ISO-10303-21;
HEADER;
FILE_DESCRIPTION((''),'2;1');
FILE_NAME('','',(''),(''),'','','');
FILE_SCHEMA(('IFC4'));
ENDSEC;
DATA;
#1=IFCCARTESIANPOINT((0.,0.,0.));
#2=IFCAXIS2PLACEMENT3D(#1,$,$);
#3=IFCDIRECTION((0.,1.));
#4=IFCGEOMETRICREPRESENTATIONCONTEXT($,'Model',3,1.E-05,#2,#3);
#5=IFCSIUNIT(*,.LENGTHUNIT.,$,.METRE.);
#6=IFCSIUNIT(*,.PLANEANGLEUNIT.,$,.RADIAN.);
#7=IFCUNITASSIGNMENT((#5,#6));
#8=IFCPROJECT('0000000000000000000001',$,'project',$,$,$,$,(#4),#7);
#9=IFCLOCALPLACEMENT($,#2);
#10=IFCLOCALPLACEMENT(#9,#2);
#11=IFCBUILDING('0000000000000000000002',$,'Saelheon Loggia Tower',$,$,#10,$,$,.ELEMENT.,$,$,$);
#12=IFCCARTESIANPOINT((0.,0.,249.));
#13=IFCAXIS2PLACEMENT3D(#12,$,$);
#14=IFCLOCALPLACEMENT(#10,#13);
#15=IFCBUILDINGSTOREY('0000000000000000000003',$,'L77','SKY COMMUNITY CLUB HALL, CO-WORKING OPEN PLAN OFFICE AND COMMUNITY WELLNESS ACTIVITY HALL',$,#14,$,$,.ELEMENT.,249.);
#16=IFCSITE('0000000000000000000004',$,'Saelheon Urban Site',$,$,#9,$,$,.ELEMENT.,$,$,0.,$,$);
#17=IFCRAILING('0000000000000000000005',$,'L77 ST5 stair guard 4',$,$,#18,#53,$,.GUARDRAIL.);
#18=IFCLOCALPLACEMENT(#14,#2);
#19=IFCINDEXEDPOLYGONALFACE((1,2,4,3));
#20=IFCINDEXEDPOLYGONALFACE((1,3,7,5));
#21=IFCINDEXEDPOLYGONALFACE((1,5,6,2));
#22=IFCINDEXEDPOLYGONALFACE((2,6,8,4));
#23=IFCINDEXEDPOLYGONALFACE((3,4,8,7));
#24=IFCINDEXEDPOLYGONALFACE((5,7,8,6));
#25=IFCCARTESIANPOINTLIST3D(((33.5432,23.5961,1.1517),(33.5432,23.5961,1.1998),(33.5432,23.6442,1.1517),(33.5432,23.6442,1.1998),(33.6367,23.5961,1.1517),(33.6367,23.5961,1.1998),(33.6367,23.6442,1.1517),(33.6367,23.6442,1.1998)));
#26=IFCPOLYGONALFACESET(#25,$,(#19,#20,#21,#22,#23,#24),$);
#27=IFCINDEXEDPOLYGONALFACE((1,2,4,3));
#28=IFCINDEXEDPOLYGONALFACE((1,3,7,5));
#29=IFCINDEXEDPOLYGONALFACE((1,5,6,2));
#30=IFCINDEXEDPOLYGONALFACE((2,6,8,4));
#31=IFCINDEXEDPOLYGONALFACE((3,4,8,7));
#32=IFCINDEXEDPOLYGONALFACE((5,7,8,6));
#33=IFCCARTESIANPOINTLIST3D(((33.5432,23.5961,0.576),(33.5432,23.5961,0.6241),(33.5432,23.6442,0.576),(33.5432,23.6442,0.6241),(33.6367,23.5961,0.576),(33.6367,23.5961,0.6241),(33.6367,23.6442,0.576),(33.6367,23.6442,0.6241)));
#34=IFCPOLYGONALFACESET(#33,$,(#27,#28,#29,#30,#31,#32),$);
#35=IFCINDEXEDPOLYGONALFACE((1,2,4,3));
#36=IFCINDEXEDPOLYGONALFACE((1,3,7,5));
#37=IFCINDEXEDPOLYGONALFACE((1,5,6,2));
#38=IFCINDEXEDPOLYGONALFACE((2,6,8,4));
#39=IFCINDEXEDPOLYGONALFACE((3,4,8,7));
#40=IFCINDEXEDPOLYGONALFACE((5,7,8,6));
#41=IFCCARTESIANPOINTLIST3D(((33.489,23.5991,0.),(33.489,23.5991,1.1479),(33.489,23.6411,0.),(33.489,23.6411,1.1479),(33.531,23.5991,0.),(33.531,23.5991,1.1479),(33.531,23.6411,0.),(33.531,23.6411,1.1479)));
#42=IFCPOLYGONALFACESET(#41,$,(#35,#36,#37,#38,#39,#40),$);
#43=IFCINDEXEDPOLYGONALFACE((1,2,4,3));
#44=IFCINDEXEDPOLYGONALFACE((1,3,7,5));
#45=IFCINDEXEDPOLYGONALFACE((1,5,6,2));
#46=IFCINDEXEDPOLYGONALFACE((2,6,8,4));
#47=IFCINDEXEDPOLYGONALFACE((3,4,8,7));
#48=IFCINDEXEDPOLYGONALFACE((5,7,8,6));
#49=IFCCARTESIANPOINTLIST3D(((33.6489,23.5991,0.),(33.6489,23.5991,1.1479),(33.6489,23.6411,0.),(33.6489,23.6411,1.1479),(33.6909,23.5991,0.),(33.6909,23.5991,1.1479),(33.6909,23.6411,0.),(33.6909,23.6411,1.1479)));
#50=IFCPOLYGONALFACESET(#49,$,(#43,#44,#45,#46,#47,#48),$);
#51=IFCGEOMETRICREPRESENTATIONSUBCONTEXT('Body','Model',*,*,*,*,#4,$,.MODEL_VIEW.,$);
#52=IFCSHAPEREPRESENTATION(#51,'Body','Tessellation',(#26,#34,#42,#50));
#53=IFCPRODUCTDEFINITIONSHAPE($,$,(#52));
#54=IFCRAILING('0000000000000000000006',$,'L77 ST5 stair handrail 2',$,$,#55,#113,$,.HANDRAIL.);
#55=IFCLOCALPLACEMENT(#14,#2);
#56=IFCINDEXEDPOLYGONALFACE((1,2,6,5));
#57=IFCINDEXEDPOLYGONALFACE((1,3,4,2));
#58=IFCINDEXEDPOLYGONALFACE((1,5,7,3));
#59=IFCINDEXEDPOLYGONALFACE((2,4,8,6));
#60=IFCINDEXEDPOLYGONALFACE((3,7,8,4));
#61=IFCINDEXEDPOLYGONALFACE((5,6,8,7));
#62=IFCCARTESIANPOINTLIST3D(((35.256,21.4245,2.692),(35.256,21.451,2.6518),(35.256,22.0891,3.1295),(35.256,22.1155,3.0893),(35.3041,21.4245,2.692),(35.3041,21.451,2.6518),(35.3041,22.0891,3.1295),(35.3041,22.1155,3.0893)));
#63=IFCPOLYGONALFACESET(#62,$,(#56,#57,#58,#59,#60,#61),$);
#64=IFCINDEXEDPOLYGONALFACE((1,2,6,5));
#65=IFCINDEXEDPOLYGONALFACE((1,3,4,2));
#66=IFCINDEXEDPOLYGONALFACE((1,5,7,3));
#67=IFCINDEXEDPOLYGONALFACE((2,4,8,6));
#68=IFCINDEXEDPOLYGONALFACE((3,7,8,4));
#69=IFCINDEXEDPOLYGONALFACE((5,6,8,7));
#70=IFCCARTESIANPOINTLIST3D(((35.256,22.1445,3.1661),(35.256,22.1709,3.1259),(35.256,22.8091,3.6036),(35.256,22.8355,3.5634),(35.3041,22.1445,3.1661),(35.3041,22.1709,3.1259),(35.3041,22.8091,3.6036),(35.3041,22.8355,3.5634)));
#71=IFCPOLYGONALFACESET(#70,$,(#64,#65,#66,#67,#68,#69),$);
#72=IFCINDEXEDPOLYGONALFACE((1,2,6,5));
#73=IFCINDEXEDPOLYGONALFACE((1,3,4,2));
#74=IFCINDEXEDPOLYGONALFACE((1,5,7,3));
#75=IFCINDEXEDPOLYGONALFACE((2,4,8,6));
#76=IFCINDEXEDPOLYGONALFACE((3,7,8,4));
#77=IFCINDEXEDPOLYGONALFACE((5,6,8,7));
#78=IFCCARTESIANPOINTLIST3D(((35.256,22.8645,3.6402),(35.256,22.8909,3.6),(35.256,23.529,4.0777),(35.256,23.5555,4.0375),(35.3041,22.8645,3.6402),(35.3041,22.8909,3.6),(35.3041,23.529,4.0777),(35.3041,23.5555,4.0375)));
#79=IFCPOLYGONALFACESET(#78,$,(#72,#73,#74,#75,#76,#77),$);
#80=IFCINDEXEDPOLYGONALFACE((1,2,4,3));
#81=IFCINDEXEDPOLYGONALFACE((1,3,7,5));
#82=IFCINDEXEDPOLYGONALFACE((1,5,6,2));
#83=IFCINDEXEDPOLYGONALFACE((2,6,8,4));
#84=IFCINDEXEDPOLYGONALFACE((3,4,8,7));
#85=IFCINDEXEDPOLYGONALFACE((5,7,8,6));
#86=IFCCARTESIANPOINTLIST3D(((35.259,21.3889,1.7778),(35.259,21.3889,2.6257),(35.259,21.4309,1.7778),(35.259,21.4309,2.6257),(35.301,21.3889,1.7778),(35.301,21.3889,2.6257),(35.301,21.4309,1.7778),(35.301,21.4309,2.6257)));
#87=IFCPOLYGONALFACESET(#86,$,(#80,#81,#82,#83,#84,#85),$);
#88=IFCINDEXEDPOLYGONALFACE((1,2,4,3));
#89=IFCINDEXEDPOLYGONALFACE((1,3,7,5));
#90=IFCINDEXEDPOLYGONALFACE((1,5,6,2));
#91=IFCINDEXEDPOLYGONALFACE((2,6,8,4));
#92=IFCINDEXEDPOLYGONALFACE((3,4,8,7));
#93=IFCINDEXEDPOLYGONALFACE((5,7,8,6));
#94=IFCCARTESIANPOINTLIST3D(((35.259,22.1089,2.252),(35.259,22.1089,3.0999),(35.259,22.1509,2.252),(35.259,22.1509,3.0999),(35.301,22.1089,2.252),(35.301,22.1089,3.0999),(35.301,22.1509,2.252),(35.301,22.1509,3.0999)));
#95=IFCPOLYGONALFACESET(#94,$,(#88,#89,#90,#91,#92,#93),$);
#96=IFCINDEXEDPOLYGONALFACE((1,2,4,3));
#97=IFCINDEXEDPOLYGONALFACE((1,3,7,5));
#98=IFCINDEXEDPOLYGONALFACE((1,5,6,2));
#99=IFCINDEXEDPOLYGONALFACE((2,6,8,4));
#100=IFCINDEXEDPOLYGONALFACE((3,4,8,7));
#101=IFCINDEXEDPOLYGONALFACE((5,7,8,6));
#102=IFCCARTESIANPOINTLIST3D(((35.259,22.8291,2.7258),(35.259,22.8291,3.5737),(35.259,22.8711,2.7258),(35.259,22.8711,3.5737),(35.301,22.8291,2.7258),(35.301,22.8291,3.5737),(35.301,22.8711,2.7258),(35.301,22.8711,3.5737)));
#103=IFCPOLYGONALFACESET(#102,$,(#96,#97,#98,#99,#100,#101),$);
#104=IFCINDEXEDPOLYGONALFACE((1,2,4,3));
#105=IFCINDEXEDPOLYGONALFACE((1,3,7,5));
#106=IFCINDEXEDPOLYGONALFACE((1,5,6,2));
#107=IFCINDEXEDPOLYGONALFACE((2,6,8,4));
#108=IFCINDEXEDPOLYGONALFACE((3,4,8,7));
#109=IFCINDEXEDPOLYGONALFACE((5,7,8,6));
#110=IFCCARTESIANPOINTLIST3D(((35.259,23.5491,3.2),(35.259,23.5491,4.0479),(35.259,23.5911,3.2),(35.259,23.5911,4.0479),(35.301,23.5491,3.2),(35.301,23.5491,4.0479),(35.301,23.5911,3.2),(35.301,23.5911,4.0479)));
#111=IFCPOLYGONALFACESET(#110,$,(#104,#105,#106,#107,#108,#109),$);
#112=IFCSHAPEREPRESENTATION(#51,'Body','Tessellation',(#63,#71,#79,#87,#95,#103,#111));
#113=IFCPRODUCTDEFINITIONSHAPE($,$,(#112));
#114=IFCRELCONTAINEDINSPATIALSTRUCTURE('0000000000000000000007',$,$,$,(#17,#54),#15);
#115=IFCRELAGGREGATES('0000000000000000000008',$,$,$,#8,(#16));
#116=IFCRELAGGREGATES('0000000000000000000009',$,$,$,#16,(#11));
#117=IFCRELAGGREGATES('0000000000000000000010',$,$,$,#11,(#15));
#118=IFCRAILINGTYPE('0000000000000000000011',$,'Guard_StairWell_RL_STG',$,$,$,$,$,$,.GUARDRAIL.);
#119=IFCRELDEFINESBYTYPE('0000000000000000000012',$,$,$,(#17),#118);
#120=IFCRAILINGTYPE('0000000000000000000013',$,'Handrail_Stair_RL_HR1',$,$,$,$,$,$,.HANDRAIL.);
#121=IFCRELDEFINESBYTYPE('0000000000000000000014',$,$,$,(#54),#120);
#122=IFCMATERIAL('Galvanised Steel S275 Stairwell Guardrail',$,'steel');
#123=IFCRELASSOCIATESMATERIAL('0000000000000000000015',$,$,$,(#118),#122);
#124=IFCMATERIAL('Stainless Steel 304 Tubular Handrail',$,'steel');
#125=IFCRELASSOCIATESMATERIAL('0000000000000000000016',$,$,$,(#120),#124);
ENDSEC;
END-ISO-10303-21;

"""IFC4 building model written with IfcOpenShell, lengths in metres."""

from ifc_helpers import new_model, si_unit, direction, frame, origin, origin_2d, place, context, subcontext, project, spatial, rectangle, extrude, material, type_object, element, save


model = new_model("IFC4")

# Units and contexts
model_context = context("Model", 3, precision=1e-05, world=origin(), true_north=direction((0.0, 1.0)))
body_context = subcontext(model_context, "Body", "Model", "MODEL_VIEW")
ifc_project = project(units=[si_unit("LENGTHUNIT", "METRE"), si_unit("PLANEANGLEUNIT", "RADIAN")], contexts=[model_context])

# Site, building, storey
site_placement = place(None, origin())
site = spatial("IfcSite", under=ifc_project, at=site_placement, Name="Saelheon Urban Site", CompositionType="ELEMENT", RefElevation=0.0)
building_placement = place(site_placement, origin())
building = spatial("IfcBuilding", under=site, at=building_placement, Name="Saelheon Loggia Tower", CompositionType="ELEMENT")
storey_placement = place(building_placement, frame((0.0, 0.0, 249.0)))
storey = spatial("IfcBuildingStorey", under=building, at=storey_placement, Name="L77", Description="SKY COMMUNITY CLUB HALL, CO-WORKING OPEN PLAN OFFICE AND COMMUNITY WELLNESS ACTIVITY HALL", CompositionType="ELEMENT", Elevation=249.0)

# Railings
ifc_material_1 = material(Name="Galvanised Steel S275 Stairwell Guardrail", Category="steel")
railing_type_1 = type_object("IfcRailingType", Name="Guard_StairWell_RL_STG", PredefinedType="GUARDRAIL", material=ifc_material_1)
railing_1_placement = place(storey_placement, frame((33.51, 23.6201, 0.0)))
element("IfcRailing", 1, at=railing_1_placement, inside=storey, type_object=railing_type_1, Name="L77 ST5 stair guard 4", PredefinedType="GUARDRAIL", context=body_context, shape_type="SweptSolid", body=[
    extrude(rectangle(XDim=0.0481, YDim=0.0481, at=origin_2d()), frame((0.0332, 0.0, 1.1758), z_axis=(1.0, 0.0, 0.0), x_axis=(0.0, 1.0, 0.0)), (0.0, 0.0, 1.0), 0.0935),
    extrude(rectangle(XDim=0.0481, YDim=0.0481, at=origin_2d()), frame((0.0332, 0.0, 0.6001), z_axis=(1.0, 0.0, 0.0), x_axis=(0.0, 1.0, 0.0)), (0.0, 0.0, 1.0), 0.0935),
    extrude(rectangle(XDim=0.042, YDim=0.042, at=origin_2d()), origin(), (0.0, 0.0, 1.0), 1.1479),
    extrude(rectangle(XDim=0.042, YDim=0.042, at=origin_2d()), frame((0.1599, 0.0, 0.0)), (0.0, 0.0, 1.0), 1.1479),
])
ifc_material_2 = material(Name="Stainless Steel 304 Tubular Handrail", Category="steel")
railing_type_2 = type_object("IfcRailingType", Name="Handrail_Stair_RL_HR1", PredefinedType="HANDRAIL", material=ifc_material_2)
railing_2_placement = place(storey_placement, frame((35.28, 21.4099, 1.7778)))
element("IfcRailing", 2, at=railing_2_placement, inside=storey, type_object=railing_type_2, Name="L77 ST5 stair handrail 2", PredefinedType="HANDRAIL", context=body_context, shape_type="SweptSolid", body=[
    extrude(rectangle(XDim=0.0481, YDim=0.0481, at=origin_2d()), frame((0.0, 0.0278, 0.894), z_axis=(0.0, 0.835246, 0.549877), x_axis=(-1.0, 0.0, 0.0)), (0.0, 0.0, 1.0), 0.7957),
    extrude(rectangle(XDim=0.0481, YDim=0.0481, at=origin_2d()), frame((0.0, 0.7478, 1.3682), z_axis=(0.0, 0.835246, 0.549877), x_axis=(-1.0, 0.0, 0.0)), (0.0, 0.0, 1.0), 0.7957),
    extrude(rectangle(XDim=0.0481, YDim=0.0481, at=origin_2d()), frame((0.0, 1.4678, 1.8423), z_axis=(0.0, 0.835246, 0.549877), x_axis=(-1.0, 0.0, 0.0)), (0.0, 0.0, 1.0), 0.7957),
    extrude(rectangle(XDim=0.042, YDim=0.042, at=origin_2d()), origin(), (0.0, 0.0, 1.0), 0.8479),
    extrude(rectangle(XDim=0.042, YDim=0.042, at=origin_2d()), frame((0.0, 0.72, 0.4741)), (0.0, 0.0, 1.0), 0.8479),
    extrude(rectangle(XDim=0.042, YDim=0.042, at=origin_2d()), frame((0.0, 1.4402, 0.948)), (0.0, 0.0, 1.0), 0.8479),
    extrude(rectangle(XDim=0.042, YDim=0.042, at=origin_2d()), frame((0.0, 2.1602, 1.4221)), (0.0, 0.0, 1.0), 0.8479),
])

save(model, "model.ifc")
